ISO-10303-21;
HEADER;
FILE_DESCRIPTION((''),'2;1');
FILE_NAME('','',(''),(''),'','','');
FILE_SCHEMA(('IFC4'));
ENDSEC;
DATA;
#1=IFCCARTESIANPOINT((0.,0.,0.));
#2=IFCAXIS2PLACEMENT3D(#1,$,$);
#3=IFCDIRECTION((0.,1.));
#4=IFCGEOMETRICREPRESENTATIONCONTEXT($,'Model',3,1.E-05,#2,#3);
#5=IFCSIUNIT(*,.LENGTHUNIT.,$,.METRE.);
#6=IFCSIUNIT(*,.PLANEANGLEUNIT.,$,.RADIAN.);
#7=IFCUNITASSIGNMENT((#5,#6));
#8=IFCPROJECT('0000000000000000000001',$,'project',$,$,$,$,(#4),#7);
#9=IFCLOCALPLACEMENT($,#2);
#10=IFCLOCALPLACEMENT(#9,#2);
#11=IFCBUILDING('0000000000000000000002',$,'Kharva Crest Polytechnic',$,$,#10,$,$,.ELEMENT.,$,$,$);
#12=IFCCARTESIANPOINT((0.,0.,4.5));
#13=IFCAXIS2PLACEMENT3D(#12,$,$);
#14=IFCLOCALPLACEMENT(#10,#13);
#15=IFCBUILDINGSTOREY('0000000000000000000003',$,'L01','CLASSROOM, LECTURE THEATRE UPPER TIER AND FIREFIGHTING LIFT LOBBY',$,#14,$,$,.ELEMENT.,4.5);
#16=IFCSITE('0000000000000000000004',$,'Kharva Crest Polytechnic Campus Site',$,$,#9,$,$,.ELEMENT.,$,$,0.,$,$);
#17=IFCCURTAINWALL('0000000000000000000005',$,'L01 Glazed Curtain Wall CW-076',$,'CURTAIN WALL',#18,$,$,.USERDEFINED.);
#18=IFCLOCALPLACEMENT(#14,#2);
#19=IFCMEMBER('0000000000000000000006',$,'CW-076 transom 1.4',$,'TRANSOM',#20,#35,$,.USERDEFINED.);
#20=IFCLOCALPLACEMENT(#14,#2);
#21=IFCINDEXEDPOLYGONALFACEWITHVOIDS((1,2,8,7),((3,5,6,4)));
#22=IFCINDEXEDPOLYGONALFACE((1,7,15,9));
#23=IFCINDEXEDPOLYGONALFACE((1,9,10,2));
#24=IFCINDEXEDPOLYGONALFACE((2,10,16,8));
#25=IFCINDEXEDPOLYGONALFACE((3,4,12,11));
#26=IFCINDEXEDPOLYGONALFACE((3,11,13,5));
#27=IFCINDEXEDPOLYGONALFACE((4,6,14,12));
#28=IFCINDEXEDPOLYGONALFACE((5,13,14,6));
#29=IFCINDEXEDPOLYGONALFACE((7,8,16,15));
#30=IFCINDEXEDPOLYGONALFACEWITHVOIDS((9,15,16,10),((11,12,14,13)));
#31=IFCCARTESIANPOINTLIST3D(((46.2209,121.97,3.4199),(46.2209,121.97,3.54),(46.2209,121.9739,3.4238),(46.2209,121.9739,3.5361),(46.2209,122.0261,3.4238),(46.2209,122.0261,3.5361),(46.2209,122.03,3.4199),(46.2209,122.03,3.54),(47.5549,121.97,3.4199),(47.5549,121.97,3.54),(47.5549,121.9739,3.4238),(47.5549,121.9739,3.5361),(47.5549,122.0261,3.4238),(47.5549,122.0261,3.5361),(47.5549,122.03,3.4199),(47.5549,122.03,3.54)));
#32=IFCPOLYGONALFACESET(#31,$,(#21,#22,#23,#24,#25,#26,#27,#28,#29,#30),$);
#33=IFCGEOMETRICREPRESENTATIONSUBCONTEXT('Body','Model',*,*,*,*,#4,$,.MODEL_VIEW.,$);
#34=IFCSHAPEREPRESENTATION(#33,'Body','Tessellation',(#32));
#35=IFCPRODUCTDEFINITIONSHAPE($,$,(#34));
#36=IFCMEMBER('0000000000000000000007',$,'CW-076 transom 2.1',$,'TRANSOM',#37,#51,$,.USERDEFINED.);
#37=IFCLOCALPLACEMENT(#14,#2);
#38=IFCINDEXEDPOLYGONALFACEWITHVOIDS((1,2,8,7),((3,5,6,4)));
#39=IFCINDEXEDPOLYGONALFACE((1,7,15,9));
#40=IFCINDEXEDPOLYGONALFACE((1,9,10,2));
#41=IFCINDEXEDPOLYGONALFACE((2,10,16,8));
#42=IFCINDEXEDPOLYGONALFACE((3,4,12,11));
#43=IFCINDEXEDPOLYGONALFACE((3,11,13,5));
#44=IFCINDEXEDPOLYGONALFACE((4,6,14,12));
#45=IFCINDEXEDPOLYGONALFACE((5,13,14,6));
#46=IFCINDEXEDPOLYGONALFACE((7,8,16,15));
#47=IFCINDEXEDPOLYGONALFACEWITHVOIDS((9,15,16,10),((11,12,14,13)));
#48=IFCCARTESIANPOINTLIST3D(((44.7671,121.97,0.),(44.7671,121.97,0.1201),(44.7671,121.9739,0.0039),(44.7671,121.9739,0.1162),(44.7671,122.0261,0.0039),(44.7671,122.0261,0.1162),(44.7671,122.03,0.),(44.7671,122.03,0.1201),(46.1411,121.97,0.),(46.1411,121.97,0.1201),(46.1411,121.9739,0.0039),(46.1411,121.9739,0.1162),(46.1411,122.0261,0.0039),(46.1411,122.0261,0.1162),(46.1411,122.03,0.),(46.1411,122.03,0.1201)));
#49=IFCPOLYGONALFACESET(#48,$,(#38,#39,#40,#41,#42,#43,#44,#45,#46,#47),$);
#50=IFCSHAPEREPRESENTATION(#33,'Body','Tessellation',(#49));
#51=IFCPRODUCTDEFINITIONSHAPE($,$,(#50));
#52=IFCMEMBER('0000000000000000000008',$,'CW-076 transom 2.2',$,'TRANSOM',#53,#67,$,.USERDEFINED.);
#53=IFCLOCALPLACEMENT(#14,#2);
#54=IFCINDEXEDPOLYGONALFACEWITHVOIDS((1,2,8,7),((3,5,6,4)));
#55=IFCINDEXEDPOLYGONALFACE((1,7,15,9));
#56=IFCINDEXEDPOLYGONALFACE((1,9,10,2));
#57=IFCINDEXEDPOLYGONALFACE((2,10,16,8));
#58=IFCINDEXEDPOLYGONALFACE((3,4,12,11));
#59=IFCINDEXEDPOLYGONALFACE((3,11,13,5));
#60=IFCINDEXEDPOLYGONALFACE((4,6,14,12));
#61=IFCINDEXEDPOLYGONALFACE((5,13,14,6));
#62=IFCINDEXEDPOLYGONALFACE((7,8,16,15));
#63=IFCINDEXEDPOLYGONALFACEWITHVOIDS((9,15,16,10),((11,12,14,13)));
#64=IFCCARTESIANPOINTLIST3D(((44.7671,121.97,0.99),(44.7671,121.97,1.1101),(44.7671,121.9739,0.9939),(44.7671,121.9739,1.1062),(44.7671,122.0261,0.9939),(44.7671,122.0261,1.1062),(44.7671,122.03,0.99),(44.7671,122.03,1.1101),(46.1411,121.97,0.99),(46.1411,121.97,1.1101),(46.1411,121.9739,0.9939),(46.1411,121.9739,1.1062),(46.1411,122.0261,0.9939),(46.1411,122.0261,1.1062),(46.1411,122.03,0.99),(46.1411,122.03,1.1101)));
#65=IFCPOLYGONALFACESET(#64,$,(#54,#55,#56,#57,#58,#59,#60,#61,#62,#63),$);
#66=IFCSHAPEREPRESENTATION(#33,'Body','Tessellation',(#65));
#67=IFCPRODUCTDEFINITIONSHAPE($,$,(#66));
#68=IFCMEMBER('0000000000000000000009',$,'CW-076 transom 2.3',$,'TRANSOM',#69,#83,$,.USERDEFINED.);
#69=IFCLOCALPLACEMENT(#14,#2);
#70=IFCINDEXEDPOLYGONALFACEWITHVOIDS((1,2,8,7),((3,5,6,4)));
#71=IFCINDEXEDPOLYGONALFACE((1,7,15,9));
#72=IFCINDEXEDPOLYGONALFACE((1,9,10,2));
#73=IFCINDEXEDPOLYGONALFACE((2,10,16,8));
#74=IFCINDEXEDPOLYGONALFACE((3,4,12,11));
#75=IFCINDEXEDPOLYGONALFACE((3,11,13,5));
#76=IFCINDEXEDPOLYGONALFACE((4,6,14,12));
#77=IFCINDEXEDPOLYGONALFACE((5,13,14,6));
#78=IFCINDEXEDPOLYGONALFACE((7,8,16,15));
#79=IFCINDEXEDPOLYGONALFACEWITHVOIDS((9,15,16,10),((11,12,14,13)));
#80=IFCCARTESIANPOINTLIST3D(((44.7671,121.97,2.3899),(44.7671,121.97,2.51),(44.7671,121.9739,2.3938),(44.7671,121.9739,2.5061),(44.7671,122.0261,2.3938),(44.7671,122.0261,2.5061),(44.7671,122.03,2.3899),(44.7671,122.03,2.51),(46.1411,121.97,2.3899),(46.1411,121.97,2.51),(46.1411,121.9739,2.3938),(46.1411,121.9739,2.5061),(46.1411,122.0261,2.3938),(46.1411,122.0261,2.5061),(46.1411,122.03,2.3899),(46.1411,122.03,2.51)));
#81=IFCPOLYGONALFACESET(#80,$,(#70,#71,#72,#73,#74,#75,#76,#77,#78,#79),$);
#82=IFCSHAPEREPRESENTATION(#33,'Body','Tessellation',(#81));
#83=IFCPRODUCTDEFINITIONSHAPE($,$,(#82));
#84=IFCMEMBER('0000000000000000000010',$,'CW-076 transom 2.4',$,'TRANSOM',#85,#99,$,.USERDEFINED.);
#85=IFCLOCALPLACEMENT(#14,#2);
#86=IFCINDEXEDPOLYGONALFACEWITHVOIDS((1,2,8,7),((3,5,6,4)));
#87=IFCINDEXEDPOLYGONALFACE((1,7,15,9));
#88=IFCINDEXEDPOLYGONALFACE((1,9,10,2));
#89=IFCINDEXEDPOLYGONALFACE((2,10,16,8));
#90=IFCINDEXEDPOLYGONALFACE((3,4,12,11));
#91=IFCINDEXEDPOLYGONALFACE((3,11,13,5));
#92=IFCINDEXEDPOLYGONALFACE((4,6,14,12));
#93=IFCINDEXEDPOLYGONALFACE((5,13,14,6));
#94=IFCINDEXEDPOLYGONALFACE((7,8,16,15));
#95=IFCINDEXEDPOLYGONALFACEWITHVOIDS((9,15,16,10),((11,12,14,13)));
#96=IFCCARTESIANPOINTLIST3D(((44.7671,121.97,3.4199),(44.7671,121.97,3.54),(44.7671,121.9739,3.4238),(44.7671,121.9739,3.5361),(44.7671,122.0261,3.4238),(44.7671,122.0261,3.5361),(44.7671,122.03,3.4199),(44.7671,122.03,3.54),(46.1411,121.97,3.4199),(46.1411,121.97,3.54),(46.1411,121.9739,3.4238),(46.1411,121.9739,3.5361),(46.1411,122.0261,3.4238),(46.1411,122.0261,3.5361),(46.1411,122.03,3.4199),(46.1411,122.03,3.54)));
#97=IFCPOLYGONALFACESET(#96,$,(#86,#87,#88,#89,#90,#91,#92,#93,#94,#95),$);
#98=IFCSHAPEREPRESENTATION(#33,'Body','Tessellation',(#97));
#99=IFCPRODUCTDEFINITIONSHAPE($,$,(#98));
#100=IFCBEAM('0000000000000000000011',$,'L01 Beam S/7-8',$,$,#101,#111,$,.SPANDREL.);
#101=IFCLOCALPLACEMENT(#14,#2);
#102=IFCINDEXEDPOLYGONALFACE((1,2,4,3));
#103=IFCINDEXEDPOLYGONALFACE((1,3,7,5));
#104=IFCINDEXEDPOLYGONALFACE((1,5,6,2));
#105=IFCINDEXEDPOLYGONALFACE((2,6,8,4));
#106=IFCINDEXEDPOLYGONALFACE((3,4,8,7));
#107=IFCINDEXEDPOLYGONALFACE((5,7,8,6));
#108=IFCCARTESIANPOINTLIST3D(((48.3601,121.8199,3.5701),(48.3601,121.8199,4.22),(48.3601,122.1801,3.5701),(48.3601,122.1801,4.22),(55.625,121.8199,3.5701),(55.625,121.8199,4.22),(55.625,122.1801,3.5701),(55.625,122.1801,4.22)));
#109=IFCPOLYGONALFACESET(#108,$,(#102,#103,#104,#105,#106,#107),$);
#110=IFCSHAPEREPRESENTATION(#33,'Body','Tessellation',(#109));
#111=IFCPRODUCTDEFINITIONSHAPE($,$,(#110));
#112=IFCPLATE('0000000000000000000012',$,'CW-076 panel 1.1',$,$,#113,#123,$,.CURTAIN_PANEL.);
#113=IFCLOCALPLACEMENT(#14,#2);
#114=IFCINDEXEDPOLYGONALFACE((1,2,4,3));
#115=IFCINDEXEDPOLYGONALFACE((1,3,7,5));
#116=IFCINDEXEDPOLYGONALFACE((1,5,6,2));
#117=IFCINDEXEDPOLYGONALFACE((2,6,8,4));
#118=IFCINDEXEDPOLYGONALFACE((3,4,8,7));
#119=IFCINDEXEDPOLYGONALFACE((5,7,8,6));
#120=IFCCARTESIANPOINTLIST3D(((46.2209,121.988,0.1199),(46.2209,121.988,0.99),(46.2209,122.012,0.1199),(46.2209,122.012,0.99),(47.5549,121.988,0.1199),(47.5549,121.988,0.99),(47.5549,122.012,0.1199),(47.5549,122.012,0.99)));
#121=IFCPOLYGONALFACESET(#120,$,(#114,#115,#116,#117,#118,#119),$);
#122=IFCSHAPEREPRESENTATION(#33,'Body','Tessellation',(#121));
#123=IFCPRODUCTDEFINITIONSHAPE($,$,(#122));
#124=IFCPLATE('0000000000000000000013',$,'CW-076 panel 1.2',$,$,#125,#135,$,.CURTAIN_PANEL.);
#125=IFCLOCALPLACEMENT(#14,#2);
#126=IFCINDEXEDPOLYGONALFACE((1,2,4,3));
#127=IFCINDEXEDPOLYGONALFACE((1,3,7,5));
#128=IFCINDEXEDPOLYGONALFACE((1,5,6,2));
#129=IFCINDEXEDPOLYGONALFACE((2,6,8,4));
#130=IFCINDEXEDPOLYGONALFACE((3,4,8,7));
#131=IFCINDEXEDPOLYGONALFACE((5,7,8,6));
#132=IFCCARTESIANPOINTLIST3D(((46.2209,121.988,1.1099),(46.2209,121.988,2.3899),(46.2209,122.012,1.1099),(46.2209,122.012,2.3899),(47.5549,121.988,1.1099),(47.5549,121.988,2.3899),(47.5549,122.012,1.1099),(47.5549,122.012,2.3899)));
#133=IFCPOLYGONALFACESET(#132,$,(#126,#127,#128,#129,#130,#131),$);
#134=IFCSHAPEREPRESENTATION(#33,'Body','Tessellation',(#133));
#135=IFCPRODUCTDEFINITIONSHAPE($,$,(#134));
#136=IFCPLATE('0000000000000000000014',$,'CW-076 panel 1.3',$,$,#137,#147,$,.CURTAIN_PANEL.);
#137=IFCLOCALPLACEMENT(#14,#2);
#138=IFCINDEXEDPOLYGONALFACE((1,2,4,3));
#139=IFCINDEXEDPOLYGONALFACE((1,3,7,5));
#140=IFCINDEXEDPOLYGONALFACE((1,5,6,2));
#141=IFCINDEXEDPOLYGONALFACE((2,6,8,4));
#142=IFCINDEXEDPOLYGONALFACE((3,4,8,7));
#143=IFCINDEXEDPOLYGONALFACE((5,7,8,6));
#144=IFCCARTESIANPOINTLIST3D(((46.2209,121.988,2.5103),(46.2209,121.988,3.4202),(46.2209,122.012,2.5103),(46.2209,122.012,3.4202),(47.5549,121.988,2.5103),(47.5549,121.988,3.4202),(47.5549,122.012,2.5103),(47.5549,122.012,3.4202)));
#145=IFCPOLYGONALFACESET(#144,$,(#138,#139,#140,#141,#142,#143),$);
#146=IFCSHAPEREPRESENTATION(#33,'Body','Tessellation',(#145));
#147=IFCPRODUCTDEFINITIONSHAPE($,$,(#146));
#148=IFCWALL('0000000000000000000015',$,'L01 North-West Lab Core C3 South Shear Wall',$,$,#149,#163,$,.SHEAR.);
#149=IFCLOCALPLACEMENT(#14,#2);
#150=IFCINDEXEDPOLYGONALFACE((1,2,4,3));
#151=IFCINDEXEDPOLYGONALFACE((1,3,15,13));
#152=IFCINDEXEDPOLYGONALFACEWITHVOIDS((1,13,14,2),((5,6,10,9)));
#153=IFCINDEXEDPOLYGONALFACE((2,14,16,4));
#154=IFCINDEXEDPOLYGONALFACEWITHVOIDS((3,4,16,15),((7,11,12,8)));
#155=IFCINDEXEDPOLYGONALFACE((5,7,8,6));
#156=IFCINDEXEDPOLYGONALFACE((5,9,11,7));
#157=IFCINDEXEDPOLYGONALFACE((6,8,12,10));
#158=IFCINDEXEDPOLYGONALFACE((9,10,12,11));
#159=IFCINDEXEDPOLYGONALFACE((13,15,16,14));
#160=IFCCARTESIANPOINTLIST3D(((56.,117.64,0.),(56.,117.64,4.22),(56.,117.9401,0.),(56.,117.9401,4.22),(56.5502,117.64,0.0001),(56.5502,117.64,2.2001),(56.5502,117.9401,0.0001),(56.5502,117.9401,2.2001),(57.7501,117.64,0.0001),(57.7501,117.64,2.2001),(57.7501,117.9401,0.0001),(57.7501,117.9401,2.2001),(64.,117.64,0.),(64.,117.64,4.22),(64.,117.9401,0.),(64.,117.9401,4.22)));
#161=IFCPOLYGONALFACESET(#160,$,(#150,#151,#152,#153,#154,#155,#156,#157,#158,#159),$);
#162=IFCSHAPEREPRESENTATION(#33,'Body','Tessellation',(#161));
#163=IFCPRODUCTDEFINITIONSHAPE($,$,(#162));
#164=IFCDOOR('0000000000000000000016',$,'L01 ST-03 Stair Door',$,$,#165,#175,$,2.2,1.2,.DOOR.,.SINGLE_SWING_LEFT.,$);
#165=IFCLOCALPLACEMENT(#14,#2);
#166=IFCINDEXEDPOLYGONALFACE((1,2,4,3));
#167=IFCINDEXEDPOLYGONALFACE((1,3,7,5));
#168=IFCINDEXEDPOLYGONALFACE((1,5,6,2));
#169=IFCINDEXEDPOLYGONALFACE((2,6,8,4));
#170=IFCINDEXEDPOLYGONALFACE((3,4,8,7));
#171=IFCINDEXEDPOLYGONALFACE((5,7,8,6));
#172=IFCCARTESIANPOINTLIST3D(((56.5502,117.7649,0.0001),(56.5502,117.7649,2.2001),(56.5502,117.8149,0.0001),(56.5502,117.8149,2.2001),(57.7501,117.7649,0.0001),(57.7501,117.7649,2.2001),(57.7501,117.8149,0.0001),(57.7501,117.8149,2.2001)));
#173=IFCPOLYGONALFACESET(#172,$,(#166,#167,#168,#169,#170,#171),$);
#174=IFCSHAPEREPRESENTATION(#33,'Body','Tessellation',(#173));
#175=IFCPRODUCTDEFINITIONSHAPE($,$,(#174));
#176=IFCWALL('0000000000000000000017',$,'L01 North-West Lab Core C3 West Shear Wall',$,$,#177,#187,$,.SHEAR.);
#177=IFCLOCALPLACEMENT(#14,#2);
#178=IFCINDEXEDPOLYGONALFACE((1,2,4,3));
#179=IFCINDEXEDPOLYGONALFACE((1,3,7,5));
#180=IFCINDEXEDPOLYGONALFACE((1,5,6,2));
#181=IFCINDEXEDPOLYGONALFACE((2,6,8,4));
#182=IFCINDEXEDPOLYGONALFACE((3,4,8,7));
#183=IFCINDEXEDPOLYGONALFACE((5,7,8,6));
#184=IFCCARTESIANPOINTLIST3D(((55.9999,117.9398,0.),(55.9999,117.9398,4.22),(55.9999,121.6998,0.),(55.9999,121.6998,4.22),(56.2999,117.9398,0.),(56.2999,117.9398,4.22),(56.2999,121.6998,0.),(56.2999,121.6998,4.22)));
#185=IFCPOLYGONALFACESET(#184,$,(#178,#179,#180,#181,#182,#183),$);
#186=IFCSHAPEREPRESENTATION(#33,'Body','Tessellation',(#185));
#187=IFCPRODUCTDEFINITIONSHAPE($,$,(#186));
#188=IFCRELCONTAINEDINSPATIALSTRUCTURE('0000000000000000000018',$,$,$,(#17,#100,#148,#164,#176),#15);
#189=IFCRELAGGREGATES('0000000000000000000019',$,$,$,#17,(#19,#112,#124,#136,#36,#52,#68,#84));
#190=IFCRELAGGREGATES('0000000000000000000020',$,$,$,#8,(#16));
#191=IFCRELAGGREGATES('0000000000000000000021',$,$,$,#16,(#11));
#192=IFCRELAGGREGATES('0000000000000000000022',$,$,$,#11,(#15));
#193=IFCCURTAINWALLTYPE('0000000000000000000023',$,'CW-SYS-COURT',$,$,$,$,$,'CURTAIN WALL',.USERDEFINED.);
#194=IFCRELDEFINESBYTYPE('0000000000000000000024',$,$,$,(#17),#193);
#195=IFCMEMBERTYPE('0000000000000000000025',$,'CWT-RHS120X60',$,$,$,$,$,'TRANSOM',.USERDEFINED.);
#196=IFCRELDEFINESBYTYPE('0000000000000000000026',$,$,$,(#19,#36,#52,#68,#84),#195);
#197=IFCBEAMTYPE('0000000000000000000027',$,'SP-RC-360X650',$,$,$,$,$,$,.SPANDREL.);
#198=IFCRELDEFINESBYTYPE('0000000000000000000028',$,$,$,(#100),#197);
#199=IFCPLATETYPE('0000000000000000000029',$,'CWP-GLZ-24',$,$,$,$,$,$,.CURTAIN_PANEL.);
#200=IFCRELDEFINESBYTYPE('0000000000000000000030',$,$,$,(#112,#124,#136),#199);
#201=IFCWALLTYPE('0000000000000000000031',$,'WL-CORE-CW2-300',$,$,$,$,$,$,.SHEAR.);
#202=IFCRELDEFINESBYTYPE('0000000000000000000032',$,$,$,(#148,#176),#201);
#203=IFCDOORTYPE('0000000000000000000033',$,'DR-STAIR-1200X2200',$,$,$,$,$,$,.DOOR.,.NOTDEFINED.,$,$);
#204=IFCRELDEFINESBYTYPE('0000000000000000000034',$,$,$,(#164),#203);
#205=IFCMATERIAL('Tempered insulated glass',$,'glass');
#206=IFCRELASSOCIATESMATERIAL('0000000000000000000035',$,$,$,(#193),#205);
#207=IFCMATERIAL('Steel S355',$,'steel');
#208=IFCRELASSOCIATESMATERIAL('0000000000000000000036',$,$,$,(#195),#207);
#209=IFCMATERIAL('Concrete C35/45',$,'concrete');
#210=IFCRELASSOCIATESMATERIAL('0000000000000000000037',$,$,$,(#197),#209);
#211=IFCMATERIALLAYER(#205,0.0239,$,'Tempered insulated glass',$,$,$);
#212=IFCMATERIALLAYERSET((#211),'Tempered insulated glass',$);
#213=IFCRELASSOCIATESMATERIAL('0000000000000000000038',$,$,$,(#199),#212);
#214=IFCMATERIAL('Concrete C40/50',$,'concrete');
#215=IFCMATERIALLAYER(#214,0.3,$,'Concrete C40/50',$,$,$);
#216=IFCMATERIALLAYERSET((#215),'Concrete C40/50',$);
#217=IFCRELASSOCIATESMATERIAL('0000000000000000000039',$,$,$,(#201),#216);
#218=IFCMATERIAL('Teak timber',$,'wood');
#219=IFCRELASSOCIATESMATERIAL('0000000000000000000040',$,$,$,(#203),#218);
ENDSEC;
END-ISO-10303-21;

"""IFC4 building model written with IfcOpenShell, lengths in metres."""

from ifc_helpers import new_model, si_unit, direction, frame, frame_2d, origin, origin_2d, place, context, subcontext, project, spatial, rectangle, hollow_rectangle, extrude, material, layer, layer_set, material_profile, profile_set, type_object, element, fill, aggregate, save


model = new_model("IFC4")

# Units and contexts
model_context = context("Model", 3, precision=1e-05, world=origin(), true_north=direction((0.0, 1.0)))
body_context = subcontext(model_context, "Body", "Model", "MODEL_VIEW")
ifc_project = project(units=[si_unit("LENGTHUNIT", "METRE"), si_unit("PLANEANGLEUNIT", "RADIAN")], contexts=[model_context])

# Site, building, storey
site_placement = place(None, origin())
site = spatial("IfcSite", under=ifc_project, at=site_placement, Name="Kharva Crest Polytechnic Campus Site", CompositionType="ELEMENT", RefElevation=0.0)
building_placement = place(site_placement, origin())
building = spatial("IfcBuilding", under=site, at=building_placement, Name="Kharva Crest Polytechnic", CompositionType="ELEMENT")
storey_placement = place(building_placement, frame((0.0, 0.0, 4.5)))
storey = spatial("IfcBuildingStorey", under=building, at=storey_placement, Name="L01", Description="CLASSROOM, LECTURE THEATRE UPPER TIER AND FIREFIGHTING LIFT LOBBY", CompositionType="ELEMENT", Elevation=4.5)

# Shared definitions
ifc_material_1 = material(Name="Concrete C40/50", Category="concrete")

# Shared definitions
ifc_material_2 = material(Name="Concrete C35/45", Category="concrete")

# Curtain wall, members
ifc_material_3 = material(Name="Tempered insulated glass", Category="glass")
curtain_wall_type = type_object("IfcCurtainWallType", Name="CW-SYS-COURT", ElementType="CURTAIN WALL", PredefinedType="USERDEFINED", material=ifc_material_3)
curtain_wall_placement = place(storey_placement, origin())
curtain_wall = element("IfcCurtainWall", 1, at=curtain_wall_placement, inside=storey, type_object=curtain_wall_type, Name="L01 Glazed Curtain Wall CW-076", ObjectType="CURTAIN WALL", PredefinedType="USERDEFINED")
ifc_material_4 = material(Name="Steel S355", Category="steel")
ifc_material_profile_1 = material_profile(ifc_material_4, hollow_rectangle(XDim=0.0601, YDim=0.1201, WallThickness=0.0039, at=origin_2d()), Name="RHS 120X60X4.0")
ifc_profile_set_1 = profile_set([ifc_material_profile_1], Name="Steel S355")
member_type_1 = type_object("IfcMemberType", Name="CWT-RHS120X60", ElementType="TRANSOM", PredefinedType="USERDEFINED", material=ifc_profile_set_1)
member_1_placement = place(storey_placement, frame((47.5549, 122.0, 3.48), z_axis=(-1.0, 0.0, 0.0), x_axis=(0.0, -1.0, 0.0)))
member_1 = element("IfcMember", 2, at=member_1_placement, type_object=member_type_1, Name="CW-076 transom 1.4", ObjectType="TRANSOM", PredefinedType="USERDEFINED", context=body_context, shape_type="SweptSolid", body=[
    extrude(hollow_rectangle(XDim=0.0601, YDim=0.1201, WallThickness=0.0039, at=origin_2d()), origin(), (0.0, 0.0, 1.0), 1.334),
])
member_2_placement = place(storey_placement, frame((46.1411, 122.0, 0.0601), z_axis=(-1.0, 0.0, 0.0), x_axis=(0.0, -1.0, 0.0)))
member_2 = element("IfcMember", 3, at=member_2_placement, type_object=member_type_1, Name="CW-076 transom 2.1", ObjectType="TRANSOM", PredefinedType="USERDEFINED", context=body_context, shape_type="SweptSolid", body=[
    extrude(hollow_rectangle(XDim=0.0601, YDim=0.1201, WallThickness=0.0039, at=origin_2d()), origin(), (0.0, 0.0, 1.0), 1.374),
])
member_3_placement = place(storey_placement, frame((46.1411, 122.0, 1.05), z_axis=(-1.0, 0.0, 0.0), x_axis=(0.0, -1.0, 0.0)))
member_3 = element("IfcMember", 4, at=member_3_placement, type_object=member_type_1, Name="CW-076 transom 2.2", ObjectType="TRANSOM", PredefinedType="USERDEFINED", context=body_context, shape_type="SweptSolid", body=[
    extrude(hollow_rectangle(XDim=0.0601, YDim=0.1201, WallThickness=0.0039, at=origin_2d()), origin(), (0.0, 0.0, 1.0), 1.374),
])
member_4_placement = place(storey_placement, frame((46.1411, 122.0, 2.45), z_axis=(-1.0, 0.0, 0.0), x_axis=(0.0, -1.0, 0.0)))
member_4 = element("IfcMember", 5, at=member_4_placement, type_object=member_type_1, Name="CW-076 transom 2.3", ObjectType="TRANSOM", PredefinedType="USERDEFINED", context=body_context, shape_type="SweptSolid", body=[
    extrude(hollow_rectangle(XDim=0.0601, YDim=0.1201, WallThickness=0.0039, at=origin_2d()), origin(), (0.0, 0.0, 1.0), 1.374),
])
member_5_placement = place(storey_placement, frame((46.1411, 122.0, 3.48), z_axis=(-1.0, 0.0, 0.0), x_axis=(0.0, -1.0, 0.0)))
member_5 = element("IfcMember", 6, at=member_5_placement, type_object=member_type_1, Name="CW-076 transom 2.4", ObjectType="TRANSOM", PredefinedType="USERDEFINED", context=body_context, shape_type="SweptSolid", body=[
    extrude(hollow_rectangle(XDim=0.0601, YDim=0.1201, WallThickness=0.0039, at=origin_2d()), origin(), (0.0, 0.0, 1.0), 1.374),
])

# Beam
ifc_material_profile_2 = material_profile(ifc_material_2, rectangle(XDim=0.3601, YDim=0.6499, at=origin_2d()), Name="RECT 360 X 650")
ifc_profile_set_2 = profile_set([ifc_material_profile_2], Name="Concrete C35/45")
beam_type_1 = type_object("IfcBeamType", Name="SP-RC-360X650", PredefinedType="SPANDREL", material=ifc_profile_set_2)
beam_1_placement = place(storey_placement, frame((48.3601, 122.0, 3.895), z_axis=(1.0, 0.0, 0.0), x_axis=(0.0, 1.0, 0.0)))
element("IfcBeam", 7, at=beam_1_placement, inside=storey, type_object=beam_type_1, Name="L01 Beam S/7-8", PredefinedType="SPANDREL", context=body_context, shape_type="SweptSolid", body=[
    extrude(rectangle(XDim=0.3601, YDim=0.6499, at=origin_2d()), origin(), (0.0, 0.0, 1.0), 7.2649),
])

# Plates
ifc_layer_1 = layer(ifc_material_3, 0.0239, Name="Tempered insulated glass")
ifc_layer_set_1 = layer_set([ifc_layer_1], Name="Tempered insulated glass")
plate_type = type_object("IfcPlateType", Name="CWP-GLZ-24", PredefinedType="CURTAIN_PANEL", material=ifc_layer_set_1)
plate_1_placement = place(storey_placement, frame((46.8879, 122.0, 0.1199), z_axis=(0.0, 0.0, 1.0), x_axis=(-1.0, 0.0, 0.0)))
plate_1 = element("IfcPlate", 8, at=plate_1_placement, type_object=plate_type, Name="CW-076 panel 1.1", PredefinedType="CURTAIN_PANEL", context=body_context, shape_type="SweptSolid", body=[
    extrude(rectangle(XDim=1.334, YDim=0.0239, at=origin_2d()), origin(), (0.0, 0.0, 1.0), 0.8701),
])
plate_2_placement = place(storey_placement, frame((46.8879, 122.0, 1.1099), z_axis=(0.0, 0.0, 1.0), x_axis=(-1.0, 0.0, 0.0)))
plate_2 = element("IfcPlate", 9, at=plate_2_placement, type_object=plate_type, Name="CW-076 panel 1.2", PredefinedType="CURTAIN_PANEL", context=body_context, shape_type="SweptSolid", body=[
    extrude(rectangle(XDim=1.334, YDim=0.0239, at=origin_2d()), origin(), (0.0, 0.0, 1.0), 1.28),
])
plate_3_placement = place(storey_placement, frame((46.8879, 122.0, 2.5103), z_axis=(0.0, 0.0, 1.0), x_axis=(-1.0, 0.0, 0.0)))
plate_3 = element("IfcPlate", 10, at=plate_3_placement, type_object=plate_type, Name="CW-076 panel 1.3", PredefinedType="CURTAIN_PANEL", context=body_context, shape_type="SweptSolid", body=[
    extrude(rectangle(XDim=1.334, YDim=0.0239, at=origin_2d()), origin(), (0.0, 0.0, 1.0), 0.9099),
])
aggregate(curtain_wall, [member_1, plate_1, plate_2, plate_3, member_2, member_3, member_4, member_5])

# Wall, opening, door
ifc_layer_2 = layer(ifc_material_1, 0.3, Name="Concrete C40/50")
ifc_layer_set_2 = layer_set([ifc_layer_2], Name="Concrete C40/50")
wall_type_1 = type_object("IfcWallType", Name="WL-CORE-CW2-300", PredefinedType="SHEAR", material=ifc_layer_set_2)
wall_1_placement = place(storey_placement, frame((56.0, 117.79, 0.0), z_axis=(0.0, 0.0, 1.0), x_axis=(1.0, 0.0, 0.0)))
wall_1 = element("IfcWall", 11, at=wall_1_placement, inside=storey, type_object=wall_type_1, Name="L01 North-West Lab Core C3 South Shear Wall", PredefinedType="SHEAR", context=body_context, shape_type="SweptSolid", body=[
    extrude(rectangle(XDim=8.0, YDim=0.3, at=frame_2d((4.0, 0.0))), origin(), (0.0, 0.0, 1.0), 4.22),
])
opening_1_placement = place(wall_1_placement, frame((0.55, 0.0, 0.0)))
opening_1 = element("IfcOpeningElement", 12, at=opening_1_placement, cuts=wall_1, PredefinedType="OPENING", context=body_context, shape_type="SweptSolid", body=[
    extrude(rectangle(XDim=1.2, YDim=2.2, at=frame_2d((0.6001, 1.1001))), frame((0.0, 0.1599, 0.0), z_axis=(0.0, -1.0, 0.0), x_axis=(1.0, 0.0, 0.0)), (0.0, 0.0, 1.0), 0.3201),
])
ifc_material_5 = material(Name="Teak timber", Category="wood")
door_type = type_object("IfcDoorType", Name="DR-STAIR-1200X2200", OperationType="NOTDEFINED", PredefinedType="DOOR", material=ifc_material_5)
door_placement = place(opening_1_placement, origin())
door = element("IfcDoor", 13, at=door_placement, inside=storey, type_object=door_type, Name="L01 ST-03 Stair Door", OperationType="SINGLE_SWING_LEFT", OverallHeight=2.2, OverallWidth=1.2, PredefinedType="DOOR", context=body_context, shape_type="SweptSolid", body=[
    extrude(rectangle(XDim=1.2, YDim=2.2, at=frame_2d((0.6001, 1.1001))), frame((0.0, 0.0249, 0.0), z_axis=(0.0, -1.0, 0.0), x_axis=(1.0, 0.0, 0.0)), (0.0, 0.0, 1.0), 0.05),
])
fill(opening_1, door)

# Wall
wall_2_placement = place(storey_placement, frame((56.1499, 117.9399, 0.0), z_axis=(0.0, 0.0, 1.0), x_axis=(0.0, 1.0, 0.0)))
element("IfcWall", 14, at=wall_2_placement, inside=storey, type_object=wall_type_1, Name="L01 North-West Lab Core C3 West Shear Wall", PredefinedType="SHEAR", context=body_context, shape_type="SweptSolid", body=[
    extrude(rectangle(XDim=3.76, YDim=0.3, at=frame_2d((1.8799, 0.0))), origin(), (0.0, 0.0, 1.0), 4.22),
])

save(model, "model.ifc")
